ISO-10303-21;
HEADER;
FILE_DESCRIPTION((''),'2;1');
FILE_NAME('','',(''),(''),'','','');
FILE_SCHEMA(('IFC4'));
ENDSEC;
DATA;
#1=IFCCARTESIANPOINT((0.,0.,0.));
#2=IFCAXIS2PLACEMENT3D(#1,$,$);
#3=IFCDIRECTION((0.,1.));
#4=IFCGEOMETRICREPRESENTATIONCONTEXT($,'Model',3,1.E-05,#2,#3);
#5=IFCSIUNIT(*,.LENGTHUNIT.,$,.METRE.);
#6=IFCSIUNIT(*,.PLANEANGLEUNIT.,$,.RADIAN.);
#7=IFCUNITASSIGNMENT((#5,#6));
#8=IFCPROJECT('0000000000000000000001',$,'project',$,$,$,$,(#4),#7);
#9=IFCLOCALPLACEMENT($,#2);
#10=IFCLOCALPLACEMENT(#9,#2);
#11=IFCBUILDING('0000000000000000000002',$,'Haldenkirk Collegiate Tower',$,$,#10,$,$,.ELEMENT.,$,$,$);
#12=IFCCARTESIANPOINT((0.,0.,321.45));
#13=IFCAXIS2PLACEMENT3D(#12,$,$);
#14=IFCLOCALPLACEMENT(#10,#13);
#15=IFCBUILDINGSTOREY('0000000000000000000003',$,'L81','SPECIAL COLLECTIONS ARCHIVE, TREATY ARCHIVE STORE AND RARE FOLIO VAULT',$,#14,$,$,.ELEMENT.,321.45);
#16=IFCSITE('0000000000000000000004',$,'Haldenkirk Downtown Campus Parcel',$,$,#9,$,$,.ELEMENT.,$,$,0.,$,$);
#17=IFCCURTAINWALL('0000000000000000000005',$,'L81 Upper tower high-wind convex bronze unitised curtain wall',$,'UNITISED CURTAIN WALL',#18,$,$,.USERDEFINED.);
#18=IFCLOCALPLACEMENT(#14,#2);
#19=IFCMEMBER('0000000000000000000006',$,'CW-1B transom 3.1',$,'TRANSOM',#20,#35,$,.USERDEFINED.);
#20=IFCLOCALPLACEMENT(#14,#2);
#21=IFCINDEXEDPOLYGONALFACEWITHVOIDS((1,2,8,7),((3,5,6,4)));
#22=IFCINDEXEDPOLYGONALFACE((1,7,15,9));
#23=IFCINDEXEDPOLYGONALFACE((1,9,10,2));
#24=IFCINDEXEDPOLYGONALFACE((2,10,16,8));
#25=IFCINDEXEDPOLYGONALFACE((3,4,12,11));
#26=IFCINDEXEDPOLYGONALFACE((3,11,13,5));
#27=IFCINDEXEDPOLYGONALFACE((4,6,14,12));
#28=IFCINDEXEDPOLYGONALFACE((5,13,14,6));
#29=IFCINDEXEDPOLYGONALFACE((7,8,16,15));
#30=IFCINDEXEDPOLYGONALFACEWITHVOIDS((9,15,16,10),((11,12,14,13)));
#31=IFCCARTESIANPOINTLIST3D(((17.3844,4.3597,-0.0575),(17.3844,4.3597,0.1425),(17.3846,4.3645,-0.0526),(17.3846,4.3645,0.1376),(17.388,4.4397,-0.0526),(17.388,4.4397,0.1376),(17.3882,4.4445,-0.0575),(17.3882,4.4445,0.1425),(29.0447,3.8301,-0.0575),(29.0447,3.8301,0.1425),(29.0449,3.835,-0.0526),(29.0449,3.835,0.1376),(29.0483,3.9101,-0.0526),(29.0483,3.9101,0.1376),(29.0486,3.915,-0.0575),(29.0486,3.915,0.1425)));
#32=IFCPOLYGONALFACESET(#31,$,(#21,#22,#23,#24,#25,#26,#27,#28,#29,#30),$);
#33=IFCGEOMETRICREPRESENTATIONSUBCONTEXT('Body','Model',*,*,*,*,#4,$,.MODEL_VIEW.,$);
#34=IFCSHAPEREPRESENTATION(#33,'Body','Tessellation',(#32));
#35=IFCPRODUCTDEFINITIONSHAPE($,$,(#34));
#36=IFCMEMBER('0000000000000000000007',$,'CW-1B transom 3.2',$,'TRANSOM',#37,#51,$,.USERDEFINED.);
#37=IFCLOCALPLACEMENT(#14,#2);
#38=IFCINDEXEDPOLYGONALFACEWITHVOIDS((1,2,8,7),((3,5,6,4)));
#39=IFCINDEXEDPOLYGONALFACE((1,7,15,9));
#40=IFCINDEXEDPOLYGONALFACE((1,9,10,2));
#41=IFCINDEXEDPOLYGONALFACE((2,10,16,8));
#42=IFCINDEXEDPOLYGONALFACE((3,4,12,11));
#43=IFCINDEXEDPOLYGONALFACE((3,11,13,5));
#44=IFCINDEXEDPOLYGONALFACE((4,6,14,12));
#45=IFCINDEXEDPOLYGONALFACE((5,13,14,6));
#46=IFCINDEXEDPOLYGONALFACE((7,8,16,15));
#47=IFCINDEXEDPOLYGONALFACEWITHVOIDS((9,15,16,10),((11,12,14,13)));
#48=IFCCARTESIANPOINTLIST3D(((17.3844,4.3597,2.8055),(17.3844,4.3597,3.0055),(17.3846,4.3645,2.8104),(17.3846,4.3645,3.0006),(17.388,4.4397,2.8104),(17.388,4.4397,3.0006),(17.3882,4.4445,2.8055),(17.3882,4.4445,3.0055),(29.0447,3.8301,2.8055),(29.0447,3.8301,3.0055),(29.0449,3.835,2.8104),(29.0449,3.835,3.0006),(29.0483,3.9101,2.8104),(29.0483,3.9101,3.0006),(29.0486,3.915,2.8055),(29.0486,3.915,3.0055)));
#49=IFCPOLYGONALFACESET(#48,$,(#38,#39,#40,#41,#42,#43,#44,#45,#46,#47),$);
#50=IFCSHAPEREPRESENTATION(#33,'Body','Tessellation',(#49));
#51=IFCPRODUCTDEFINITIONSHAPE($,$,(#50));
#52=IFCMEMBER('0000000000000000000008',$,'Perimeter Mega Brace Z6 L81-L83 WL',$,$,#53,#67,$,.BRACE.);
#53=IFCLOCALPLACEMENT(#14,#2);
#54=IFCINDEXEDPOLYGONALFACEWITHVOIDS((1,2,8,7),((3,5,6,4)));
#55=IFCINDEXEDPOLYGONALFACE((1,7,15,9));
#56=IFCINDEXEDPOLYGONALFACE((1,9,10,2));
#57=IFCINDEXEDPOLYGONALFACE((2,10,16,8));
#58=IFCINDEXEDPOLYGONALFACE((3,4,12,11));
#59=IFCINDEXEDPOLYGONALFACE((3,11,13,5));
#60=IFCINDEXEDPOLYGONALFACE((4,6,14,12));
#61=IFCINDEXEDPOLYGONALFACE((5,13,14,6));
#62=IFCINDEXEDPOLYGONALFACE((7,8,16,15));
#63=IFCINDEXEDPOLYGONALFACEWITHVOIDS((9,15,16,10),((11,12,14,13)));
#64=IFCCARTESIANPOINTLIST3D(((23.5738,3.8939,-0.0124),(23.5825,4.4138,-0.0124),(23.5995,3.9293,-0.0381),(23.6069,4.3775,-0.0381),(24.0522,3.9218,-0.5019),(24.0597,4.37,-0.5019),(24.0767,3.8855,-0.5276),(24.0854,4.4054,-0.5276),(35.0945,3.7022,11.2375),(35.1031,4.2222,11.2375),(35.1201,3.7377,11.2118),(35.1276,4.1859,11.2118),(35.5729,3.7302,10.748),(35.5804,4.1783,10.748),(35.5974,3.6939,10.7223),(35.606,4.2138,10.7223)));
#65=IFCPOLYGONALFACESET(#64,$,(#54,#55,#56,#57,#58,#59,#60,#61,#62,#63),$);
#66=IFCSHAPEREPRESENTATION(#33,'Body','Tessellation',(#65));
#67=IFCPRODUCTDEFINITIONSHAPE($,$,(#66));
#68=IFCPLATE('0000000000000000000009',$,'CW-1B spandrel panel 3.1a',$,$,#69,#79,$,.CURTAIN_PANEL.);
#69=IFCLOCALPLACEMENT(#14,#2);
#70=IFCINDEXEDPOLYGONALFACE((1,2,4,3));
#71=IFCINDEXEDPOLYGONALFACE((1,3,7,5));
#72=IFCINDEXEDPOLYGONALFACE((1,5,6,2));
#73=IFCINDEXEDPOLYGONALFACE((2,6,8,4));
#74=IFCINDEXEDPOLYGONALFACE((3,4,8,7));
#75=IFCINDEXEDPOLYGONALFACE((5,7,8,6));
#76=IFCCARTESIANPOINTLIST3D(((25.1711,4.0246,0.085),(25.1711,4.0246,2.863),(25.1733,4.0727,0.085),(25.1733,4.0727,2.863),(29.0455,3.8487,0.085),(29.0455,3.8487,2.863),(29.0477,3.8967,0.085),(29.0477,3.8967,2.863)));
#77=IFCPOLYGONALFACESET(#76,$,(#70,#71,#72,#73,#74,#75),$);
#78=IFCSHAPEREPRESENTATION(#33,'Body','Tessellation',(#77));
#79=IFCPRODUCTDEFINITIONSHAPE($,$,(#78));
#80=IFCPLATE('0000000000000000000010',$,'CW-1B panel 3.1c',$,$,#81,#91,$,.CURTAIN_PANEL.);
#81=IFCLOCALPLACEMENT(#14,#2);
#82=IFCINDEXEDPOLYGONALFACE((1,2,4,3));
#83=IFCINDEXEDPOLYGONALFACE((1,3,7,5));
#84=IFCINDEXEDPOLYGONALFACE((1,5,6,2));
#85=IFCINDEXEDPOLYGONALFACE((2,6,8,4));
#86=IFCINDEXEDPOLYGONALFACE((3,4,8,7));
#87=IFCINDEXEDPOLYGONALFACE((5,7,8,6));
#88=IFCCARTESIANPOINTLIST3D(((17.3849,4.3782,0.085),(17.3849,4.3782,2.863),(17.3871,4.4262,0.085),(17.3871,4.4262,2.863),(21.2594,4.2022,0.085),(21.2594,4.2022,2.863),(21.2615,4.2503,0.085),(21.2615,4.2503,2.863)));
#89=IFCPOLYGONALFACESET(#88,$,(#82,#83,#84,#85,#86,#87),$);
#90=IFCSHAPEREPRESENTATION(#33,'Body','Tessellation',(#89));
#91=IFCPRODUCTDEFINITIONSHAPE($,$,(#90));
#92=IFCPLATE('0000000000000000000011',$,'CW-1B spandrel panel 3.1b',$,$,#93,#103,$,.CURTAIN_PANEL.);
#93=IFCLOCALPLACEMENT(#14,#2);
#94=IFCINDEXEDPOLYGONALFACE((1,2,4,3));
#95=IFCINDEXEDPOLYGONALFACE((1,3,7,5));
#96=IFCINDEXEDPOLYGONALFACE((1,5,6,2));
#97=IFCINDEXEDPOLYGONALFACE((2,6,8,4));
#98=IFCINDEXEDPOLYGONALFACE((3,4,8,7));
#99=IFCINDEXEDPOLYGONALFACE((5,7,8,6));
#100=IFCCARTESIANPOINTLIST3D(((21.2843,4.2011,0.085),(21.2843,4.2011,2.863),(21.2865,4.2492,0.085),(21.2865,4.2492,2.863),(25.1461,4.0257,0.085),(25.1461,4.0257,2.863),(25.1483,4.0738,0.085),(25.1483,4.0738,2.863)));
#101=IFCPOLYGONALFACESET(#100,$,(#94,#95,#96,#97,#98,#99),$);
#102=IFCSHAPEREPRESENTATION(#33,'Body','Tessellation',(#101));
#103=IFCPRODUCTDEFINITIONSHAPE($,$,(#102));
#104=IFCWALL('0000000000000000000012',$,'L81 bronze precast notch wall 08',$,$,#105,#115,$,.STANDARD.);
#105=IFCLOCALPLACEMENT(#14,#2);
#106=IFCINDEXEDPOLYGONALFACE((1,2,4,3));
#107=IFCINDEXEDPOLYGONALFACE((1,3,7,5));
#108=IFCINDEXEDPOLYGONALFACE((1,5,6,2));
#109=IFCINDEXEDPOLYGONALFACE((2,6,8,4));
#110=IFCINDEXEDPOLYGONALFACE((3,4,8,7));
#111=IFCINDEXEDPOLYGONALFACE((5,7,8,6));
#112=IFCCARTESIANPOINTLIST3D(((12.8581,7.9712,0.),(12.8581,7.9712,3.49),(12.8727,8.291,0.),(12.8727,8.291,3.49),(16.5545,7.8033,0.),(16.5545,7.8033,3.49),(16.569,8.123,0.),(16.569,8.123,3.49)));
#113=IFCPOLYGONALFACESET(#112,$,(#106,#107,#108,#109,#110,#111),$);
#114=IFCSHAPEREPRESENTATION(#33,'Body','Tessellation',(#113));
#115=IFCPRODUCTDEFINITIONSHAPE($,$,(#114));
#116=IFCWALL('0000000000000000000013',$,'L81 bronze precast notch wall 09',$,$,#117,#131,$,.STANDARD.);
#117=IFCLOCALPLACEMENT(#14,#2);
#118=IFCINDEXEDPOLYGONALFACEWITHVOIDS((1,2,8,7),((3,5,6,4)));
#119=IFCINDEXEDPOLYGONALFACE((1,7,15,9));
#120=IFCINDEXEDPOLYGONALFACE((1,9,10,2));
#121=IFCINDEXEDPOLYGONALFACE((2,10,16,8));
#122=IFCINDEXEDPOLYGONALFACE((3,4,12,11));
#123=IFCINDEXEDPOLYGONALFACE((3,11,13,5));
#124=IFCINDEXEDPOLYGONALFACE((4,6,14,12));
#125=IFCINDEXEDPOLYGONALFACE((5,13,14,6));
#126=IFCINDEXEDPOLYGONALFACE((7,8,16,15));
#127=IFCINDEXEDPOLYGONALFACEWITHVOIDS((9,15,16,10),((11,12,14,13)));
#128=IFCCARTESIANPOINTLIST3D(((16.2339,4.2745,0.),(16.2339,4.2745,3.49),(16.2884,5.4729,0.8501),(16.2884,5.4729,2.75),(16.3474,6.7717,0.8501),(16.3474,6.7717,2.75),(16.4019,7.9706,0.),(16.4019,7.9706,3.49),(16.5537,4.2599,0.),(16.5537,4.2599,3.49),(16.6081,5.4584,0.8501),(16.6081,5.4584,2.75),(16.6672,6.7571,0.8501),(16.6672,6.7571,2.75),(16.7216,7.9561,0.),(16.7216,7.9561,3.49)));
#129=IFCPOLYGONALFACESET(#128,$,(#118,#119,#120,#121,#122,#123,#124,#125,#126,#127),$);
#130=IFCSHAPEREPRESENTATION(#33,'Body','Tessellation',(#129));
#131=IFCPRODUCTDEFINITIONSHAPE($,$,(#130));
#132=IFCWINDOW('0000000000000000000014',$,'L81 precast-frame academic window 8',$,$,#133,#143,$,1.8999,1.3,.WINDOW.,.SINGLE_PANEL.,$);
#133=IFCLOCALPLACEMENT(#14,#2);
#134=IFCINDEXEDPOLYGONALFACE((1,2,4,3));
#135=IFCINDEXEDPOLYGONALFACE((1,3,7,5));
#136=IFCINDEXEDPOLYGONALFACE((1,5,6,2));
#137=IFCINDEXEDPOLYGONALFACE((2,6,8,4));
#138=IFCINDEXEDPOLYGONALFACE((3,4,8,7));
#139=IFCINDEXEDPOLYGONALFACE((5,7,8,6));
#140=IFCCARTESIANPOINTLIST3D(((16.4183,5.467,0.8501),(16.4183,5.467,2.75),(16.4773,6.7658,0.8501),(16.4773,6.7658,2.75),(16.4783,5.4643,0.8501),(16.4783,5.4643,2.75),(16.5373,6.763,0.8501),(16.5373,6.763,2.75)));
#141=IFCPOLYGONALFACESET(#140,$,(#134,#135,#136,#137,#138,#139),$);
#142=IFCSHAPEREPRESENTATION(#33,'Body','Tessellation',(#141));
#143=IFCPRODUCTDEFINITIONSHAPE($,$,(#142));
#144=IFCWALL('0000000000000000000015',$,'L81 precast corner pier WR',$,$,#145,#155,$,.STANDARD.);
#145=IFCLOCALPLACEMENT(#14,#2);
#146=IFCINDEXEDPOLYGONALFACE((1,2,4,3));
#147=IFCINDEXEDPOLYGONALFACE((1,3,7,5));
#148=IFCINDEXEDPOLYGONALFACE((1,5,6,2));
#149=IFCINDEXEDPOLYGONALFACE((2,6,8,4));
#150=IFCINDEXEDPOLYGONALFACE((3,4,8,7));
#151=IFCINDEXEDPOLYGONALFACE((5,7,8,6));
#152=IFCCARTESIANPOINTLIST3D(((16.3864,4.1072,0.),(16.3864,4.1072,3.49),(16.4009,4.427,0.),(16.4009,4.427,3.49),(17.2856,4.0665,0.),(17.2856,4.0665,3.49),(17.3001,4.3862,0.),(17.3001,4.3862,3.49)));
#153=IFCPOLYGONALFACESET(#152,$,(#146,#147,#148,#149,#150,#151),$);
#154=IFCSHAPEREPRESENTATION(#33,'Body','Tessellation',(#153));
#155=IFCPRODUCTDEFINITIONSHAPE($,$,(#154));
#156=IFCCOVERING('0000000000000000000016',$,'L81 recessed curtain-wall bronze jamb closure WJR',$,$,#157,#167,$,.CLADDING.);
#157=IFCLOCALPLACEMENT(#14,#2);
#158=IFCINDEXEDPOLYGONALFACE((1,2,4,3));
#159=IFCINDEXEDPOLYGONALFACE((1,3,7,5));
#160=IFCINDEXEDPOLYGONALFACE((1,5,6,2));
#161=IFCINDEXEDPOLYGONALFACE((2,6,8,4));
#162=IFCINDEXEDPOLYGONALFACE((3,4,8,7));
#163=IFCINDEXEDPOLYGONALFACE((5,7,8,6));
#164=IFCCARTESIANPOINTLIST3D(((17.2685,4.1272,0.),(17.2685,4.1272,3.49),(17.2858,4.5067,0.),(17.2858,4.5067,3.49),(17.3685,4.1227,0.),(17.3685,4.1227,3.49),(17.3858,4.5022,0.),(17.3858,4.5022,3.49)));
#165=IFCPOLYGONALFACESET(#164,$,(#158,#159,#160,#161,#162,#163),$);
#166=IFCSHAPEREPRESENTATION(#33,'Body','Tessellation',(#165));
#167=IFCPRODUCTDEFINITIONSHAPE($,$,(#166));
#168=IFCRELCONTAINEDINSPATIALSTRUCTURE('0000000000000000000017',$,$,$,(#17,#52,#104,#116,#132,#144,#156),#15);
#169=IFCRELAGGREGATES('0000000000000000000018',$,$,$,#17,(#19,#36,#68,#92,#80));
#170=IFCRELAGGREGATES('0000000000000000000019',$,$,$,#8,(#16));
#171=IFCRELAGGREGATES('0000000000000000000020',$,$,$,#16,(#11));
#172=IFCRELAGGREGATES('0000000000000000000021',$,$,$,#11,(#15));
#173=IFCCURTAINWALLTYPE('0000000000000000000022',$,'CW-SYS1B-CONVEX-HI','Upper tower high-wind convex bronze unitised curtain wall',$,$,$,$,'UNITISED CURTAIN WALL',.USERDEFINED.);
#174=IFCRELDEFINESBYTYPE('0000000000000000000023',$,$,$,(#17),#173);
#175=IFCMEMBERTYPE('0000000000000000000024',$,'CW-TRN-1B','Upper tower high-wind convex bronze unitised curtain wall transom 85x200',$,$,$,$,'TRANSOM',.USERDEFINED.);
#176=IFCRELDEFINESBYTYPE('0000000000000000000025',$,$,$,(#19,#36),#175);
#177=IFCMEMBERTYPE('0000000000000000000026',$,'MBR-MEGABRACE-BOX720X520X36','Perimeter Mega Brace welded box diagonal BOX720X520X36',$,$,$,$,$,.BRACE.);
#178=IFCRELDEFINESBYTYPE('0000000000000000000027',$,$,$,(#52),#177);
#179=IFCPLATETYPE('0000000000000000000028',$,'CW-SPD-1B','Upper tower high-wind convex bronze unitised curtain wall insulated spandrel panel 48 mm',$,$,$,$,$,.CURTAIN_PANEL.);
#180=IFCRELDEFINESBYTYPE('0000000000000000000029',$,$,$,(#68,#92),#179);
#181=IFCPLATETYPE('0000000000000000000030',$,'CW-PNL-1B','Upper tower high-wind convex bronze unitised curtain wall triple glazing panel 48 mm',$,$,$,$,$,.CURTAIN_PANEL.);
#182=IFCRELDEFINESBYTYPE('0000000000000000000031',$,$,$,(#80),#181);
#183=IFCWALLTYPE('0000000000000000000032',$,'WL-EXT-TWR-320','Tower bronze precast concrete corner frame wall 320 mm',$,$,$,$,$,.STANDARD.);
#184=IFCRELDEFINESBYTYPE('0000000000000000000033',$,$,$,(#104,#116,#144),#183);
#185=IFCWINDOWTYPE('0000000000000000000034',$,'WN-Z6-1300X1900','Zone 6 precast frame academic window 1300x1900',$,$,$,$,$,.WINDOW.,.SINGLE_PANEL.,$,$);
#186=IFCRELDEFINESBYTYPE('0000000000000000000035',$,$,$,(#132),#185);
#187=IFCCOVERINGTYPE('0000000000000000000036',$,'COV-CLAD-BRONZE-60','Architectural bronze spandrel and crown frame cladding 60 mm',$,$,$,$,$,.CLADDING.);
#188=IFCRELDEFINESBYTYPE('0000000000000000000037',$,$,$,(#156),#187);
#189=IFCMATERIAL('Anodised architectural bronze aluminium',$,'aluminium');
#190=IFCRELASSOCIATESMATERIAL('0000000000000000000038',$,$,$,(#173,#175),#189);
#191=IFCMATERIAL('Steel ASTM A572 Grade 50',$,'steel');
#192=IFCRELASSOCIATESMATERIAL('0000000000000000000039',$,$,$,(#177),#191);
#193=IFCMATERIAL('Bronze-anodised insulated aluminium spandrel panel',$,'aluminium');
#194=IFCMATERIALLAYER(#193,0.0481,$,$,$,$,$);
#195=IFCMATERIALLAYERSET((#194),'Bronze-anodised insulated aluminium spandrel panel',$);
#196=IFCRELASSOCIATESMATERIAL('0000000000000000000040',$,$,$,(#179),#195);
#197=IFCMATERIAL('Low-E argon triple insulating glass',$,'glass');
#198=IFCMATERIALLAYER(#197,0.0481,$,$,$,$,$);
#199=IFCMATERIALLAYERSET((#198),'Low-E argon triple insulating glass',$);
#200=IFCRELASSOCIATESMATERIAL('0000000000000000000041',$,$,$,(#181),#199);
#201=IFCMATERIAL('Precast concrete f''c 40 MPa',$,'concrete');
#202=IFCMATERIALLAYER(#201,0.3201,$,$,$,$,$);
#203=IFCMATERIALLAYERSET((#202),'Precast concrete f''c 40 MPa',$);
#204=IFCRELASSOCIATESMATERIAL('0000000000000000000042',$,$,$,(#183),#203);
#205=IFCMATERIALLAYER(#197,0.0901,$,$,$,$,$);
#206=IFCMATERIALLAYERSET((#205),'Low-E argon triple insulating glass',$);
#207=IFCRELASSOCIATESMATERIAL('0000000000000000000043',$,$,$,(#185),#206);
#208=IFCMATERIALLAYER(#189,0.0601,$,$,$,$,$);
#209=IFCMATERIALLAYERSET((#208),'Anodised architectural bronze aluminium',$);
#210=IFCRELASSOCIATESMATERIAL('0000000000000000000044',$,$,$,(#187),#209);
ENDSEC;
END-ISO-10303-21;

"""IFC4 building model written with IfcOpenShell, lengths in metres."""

from ifc_helpers import new_model, si_unit, direction, frame, frame_2d, origin, origin_2d, place, context, subcontext, project, spatial, rectangle, hollow_rectangle, extrude, source, transform, mapped, material, layer, layer_set, material_profile, profile_set, type_object, element, fill, aggregate, save


model = new_model("IFC4")

# Units and contexts
model_context = context("Model", 3, precision=1e-05, world=origin(), true_north=direction((0.0, 1.0)))
body_context = subcontext(model_context, "Body", "Model", "MODEL_VIEW")
ifc_project = project(units=[si_unit("LENGTHUNIT", "METRE"), si_unit("PLANEANGLEUNIT", "RADIAN")], contexts=[model_context])

# Site, building, storey
site_placement = place(None, origin())
site = spatial("IfcSite", under=ifc_project, at=site_placement, Name="Haldenkirk Downtown Campus Parcel", CompositionType="ELEMENT", RefElevation=0.0)
building_placement = place(site_placement, origin())
building = spatial("IfcBuilding", under=site, at=building_placement, Name="Haldenkirk Collegiate Tower", CompositionType="ELEMENT")
storey_placement = place(building_placement, frame((0.0, 0.0, 321.45)))
storey = spatial("IfcBuildingStorey", under=building, at=storey_placement, Name="L81", Description="SPECIAL COLLECTIONS ARCHIVE, TREATY ARCHIVE STORE AND RARE FOLIO VAULT", CompositionType="ELEMENT", Elevation=321.45)

# Shared definitions
ifc_material_1 = material(Name="Steel ASTM A572 Grade 50", Category="steel")

# Curtain wall, members
ifc_material_2 = material(Name="Anodised architectural bronze aluminium", Category="aluminium")
curtain_wall_type = type_object("IfcCurtainWallType", Name="CW-SYS1B-CONVEX-HI", Description="Upper tower high-wind convex bronze unitised curtain wall", ElementType="UNITISED CURTAIN WALL", PredefinedType="USERDEFINED", material=ifc_material_2)
curtain_wall_placement = place(storey_placement, origin())
curtain_wall = element("IfcCurtainWall", 1, at=curtain_wall_placement, inside=storey, type_object=curtain_wall_type, Name="L81 Upper tower high-wind convex bronze unitised curtain wall", ObjectType="UNITISED CURTAIN WALL", PredefinedType="USERDEFINED")
ifc_material_profile_1 = material_profile(ifc_material_2, hollow_rectangle(XDim=0.085, YDim=0.2, WallThickness=0.0049, at=origin_2d()), Name="CW-TRN-1B")
ifc_profile_set_1 = profile_set([ifc_material_profile_1], Name="Anodised architectural bronze aluminium")
member_type_1 = type_object("IfcMemberType", Name="CW-TRN-1B", Description="Upper tower high-wind convex bronze unitised curtain wall transom 85x200", ElementType="TRANSOM", PredefinedType="USERDEFINED", material=ifc_profile_set_1)
member_1_placement = place(storey_placement, frame((29.0466, 3.8726, 0.0425), z_axis=(-0.99897, 0.045367, 0.0), x_axis=(-0.045367, -0.99897, 0.0)))
member_1 = element("IfcMember", 2, at=member_1_placement, type_object=member_type_1, Name="CW-1B transom 3.1", ObjectType="TRANSOM", PredefinedType="USERDEFINED", context=body_context, shape_type="SweptSolid", body=[
    extrude(hollow_rectangle(XDim=0.085, YDim=0.2, WallThickness=0.0049, at=origin_2d()), origin(), (0.0, 0.0, 1.0), 11.6724),
])
member_2_placement = place(storey_placement, frame((29.0466, 3.8726, 2.9055), z_axis=(-0.99897, 0.045367, 0.0), x_axis=(-0.045367, -0.99897, 0.0)))
member_2 = element("IfcMember", 3, at=member_2_placement, type_object=member_type_1, Name="CW-1B transom 3.2", ObjectType="TRANSOM", PredefinedType="USERDEFINED", context=body_context, shape_type="SweptSolid", body=[
    extrude(hollow_rectangle(XDim=0.085, YDim=0.2, WallThickness=0.0049, at=origin_2d()), origin(), (0.0, 0.0, 1.0), 11.6724),
])

# Member
ifc_material_profile_2 = material_profile(ifc_material_1, hollow_rectangle(XDim=0.52, YDim=0.72, WallThickness=0.0359, at=origin_2d()), Name="BOX720X520X36")
ifc_profile_set_2 = profile_set([ifc_material_profile_2], Name="Steel ASTM A572 Grade 50")
member_type_2 = type_object("IfcMemberType", Name="MBR-MEGABRACE-BOX720X520X36", Description="Perimeter Mega Brace welded box diagonal BOX720X520X36", PredefinedType="BRACE", material=ifc_profile_set_2)
member_3_placement = place(storey_placement, frame((23.8296, 4.1497, -0.27), z_axis=(0.715413, -0.011901, 0.6986), x_axis=(0.016633, 0.999862, 0.0)))
element("IfcMember", 4, at=member_3_placement, inside=storey, type_object=member_type_2, Name="Perimeter Mega Brace Z6 L81-L83 WL", PredefinedType="BRACE", context=body_context, shape_type="SweptSolid", body=[
    extrude(hollow_rectangle(XDim=0.52, YDim=0.72, WallThickness=0.0359, at=origin_2d()), origin(), (0.0, 0.0, 1.0), 16.1035),
])

# Plates
ifc_material_3 = material(Name="Bronze-anodised insulated aluminium spandrel panel", Category="aluminium")
ifc_layer_1 = layer(ifc_material_3, 0.0481)
ifc_layer_set_1 = layer_set([ifc_layer_1], Name="Bronze-anodised insulated aluminium spandrel panel")
plate_type_1 = type_object("IfcPlateType", Name="CW-SPD-1B", Description="Upper tower high-wind convex bronze unitised curtain wall insulated spandrel panel 48 mm", PredefinedType="CURTAIN_PANEL", material=ifc_layer_set_1)
shared_shape_1 = source(origin(), body_context, "Body", "SweptSolid", [
    extrude(rectangle(XDim=3.8784, YDim=0.0481, at=origin_2d()), origin(), (0.0, 0.0, 1.0), 2.7781),
])
plate_1_placement = place(storey_placement, frame((27.1094, 3.9607, 0.085), z_axis=(0.0, 0.0, 1.0), x_axis=(-0.998971, 0.045364, 0.0)))
plate_1 = element("IfcPlate", 5, at=plate_1_placement, type_object=plate_type_1, Name="CW-1B spandrel panel 3.1a", PredefinedType="CURTAIN_PANEL", context=body_context, shape_type="MappedRepresentation", body=[
    mapped(shared_shape_1, transform((0.0, 0.0, 0.0), x_axis=(1.0, 0.0, 0.0), y_axis=(0.0, 1.0, 0.0), z_axis=(0.0, 0.0, 1.0), scale=1.0)),
])
ifc_material_4 = material(Name="Low-E argon triple insulating glass", Category="glass")
ifc_layer_2 = layer(ifc_material_4, 0.0481)
ifc_layer_set_2 = layer_set([ifc_layer_2], Name="Low-E argon triple insulating glass")
plate_type_2 = type_object("IfcPlateType", Name="CW-PNL-1B", Description="Upper tower high-wind convex bronze unitised curtain wall triple glazing panel 48 mm", PredefinedType="CURTAIN_PANEL", material=ifc_layer_set_2)
plate_2_placement = place(storey_placement, frame((19.3232, 4.3142, 0.085), z_axis=(0.0, 0.0, 1.0), x_axis=(-0.998971, 0.045364, 0.0)))
plate_2 = element("IfcPlate", 6, at=plate_2_placement, type_object=plate_type_2, Name="CW-1B panel 3.1c", PredefinedType="CURTAIN_PANEL", context=body_context, shape_type="MappedRepresentation", body=[
    mapped(shared_shape_1, transform((0.0, 0.0, 0.0), x_axis=(1.0, 0.0, 0.0), y_axis=(0.0, 1.0, 0.0), z_axis=(0.0, 0.0, 1.0), scale=1.0)),
])
shared_shape_2 = source(origin(), body_context, "Body", "SweptSolid", [
    extrude(rectangle(XDim=3.8657, YDim=0.0481, at=origin_2d()), origin(), (0.0, 0.0, 1.0), 2.7781),
])
plate_3_placement = place(storey_placement, frame((23.2163, 4.1375, 0.085), z_axis=(0.0, 0.0, 1.0), x_axis=(-0.998971, 0.045364, 0.0)))
plate_3 = element("IfcPlate", 7, at=plate_3_placement, type_object=plate_type_1, Name="CW-1B spandrel panel 3.1b", PredefinedType="CURTAIN_PANEL", context=body_context, shape_type="MappedRepresentation", body=[
    mapped(shared_shape_2, transform((0.0, 0.0, 0.0), x_axis=(1.0, 0.0, 0.0), y_axis=(0.0, 1.0, 0.0), z_axis=(0.0, 0.0, 1.0), scale=1.0)),
])
aggregate(curtain_wall, [member_1, member_2, plate_1, plate_3, plate_2])

# Wall
ifc_material_5 = material(Name="Precast concrete f'c 40 MPa", Category="concrete")
ifc_layer_3 = layer(ifc_material_5, 0.3201)
ifc_layer_set_3 = layer_set([ifc_layer_3], Name="Precast concrete f'c 40 MPa")
wall_type = type_object("IfcWallType", Name="WL-EXT-TWR-320", Description="Tower bronze precast concrete corner frame wall 320 mm", PredefinedType="STANDARD", material=ifc_layer_set_3)
wall_1_placement = place(storey_placement, frame((16.5618, 7.9631, 0.0), z_axis=(0.0, 0.0, 1.0), x_axis=(-0.998969, 0.045396, 0.0)))
element("IfcWall", 8, at=wall_1_placement, inside=storey, type_object=wall_type, Name="L81 bronze precast notch wall 08", PredefinedType="STANDARD", context=body_context, shape_type="SweptSolid", body=[
    extrude(rectangle(XDim=3.7002, YDim=0.3201, at=frame_2d((1.8501, 0.0))), origin(), (0.0, 0.0, 1.0), 3.49),
])

# Wall, opening, window
wall_2_placement = place(storey_placement, frame((16.3938, 4.2671, 0.0), z_axis=(0.0, 0.0, 1.0), x_axis=(0.045399, 0.998969, 0.0)))
wall_2 = element("IfcWall", 9, at=wall_2_placement, inside=storey, type_object=wall_type, Name="L81 bronze precast notch wall 09", PredefinedType="STANDARD", context=body_context, shape_type="SweptSolid", body=[
    extrude(rectangle(XDim=3.7, YDim=0.3201, at=frame_2d((1.8501, 0.0))), origin(), (0.0, 0.0, 1.0), 3.49),
])
opening_placement = place(wall_2_placement, frame((1.2, 0.0, 0.8501)))
opening = element("IfcOpeningElement", 10, at=opening_placement, cuts=wall_2, PredefinedType="OPENING", context=body_context, shape_type="SweptSolid", body=[
    extrude(rectangle(XDim=1.3, YDim=1.8999, at=frame_2d((0.6499, 0.95))), frame((0.0, 0.1699, 0.0), z_axis=(0.0, -1.0, 0.0), x_axis=(1.0, 0.0, 0.0)), (0.0, 0.0, 1.0), 0.3401),
])
ifc_layer_4 = layer(ifc_material_4, 0.0901)
ifc_layer_set_4 = layer_set([ifc_layer_4], Name="Low-E argon triple insulating glass")
window_type = type_object("IfcWindowType", Name="WN-Z6-1300X1900", Description="Zone 6 precast frame academic window 1300x1900", PartitioningType="SINGLE_PANEL", PredefinedType="WINDOW", material=ifc_layer_set_4)
window_placement = place(opening_placement, origin())
window = element("IfcWindow", 11, at=window_placement, inside=storey, type_object=window_type, Name="L81 precast-frame academic window 8", OverallHeight=1.8999, OverallWidth=1.3, PartitioningType="SINGLE_PANEL", PredefinedType="WINDOW", context=body_context, shape_type="SweptSolid", body=[
    extrude(rectangle(XDim=1.3, YDim=1.8999, at=frame_2d((0.6499, 0.95))), frame((0.0, 0.03, 0.0), z_axis=(0.0, -1.0, 0.0), x_axis=(1.0, 0.0, 0.0)), (0.0, 0.0, 1.0), 0.0601),
])
fill(opening, window)

# Wall
wall_3_placement = place(storey_placement, frame((17.293, 4.2263, 0.0), z_axis=(0.0, 0.0, 1.0), x_axis=(-0.998974, 0.045297, 0.0)))
element("IfcWall", 12, at=wall_3_placement, inside=storey, type_object=wall_type, Name="L81 precast corner pier WR", PredefinedType="STANDARD", context=body_context, shape_type="SweptSolid", body=[
    extrude(rectangle(XDim=0.9001, YDim=0.3201, at=frame_2d((0.4502, 0.0))), origin(), (0.0, 0.0, 1.0), 3.49),
])

# Covering
ifc_layer_5 = layer(ifc_material_2, 0.0601)
ifc_layer_set_5 = layer_set([ifc_layer_5], Name="Anodised architectural bronze aluminium")
covering_type = type_object("IfcCoveringType", Name="COV-CLAD-BRONZE-60", Description="Architectural bronze spandrel and crown frame cladding 60 mm", PredefinedType="CLADDING", material=ifc_layer_set_5)
shared_shape_3 = source(origin(), body_context, "Body", "SweptSolid", [
    extrude(rectangle(XDim=0.1001, YDim=0.3799, at=origin_2d()), origin(), (0.0, 0.0, 1.0), 3.49),
])
covering_placement = place(storey_placement, frame((17.3271, 4.3147, 0.0), z_axis=(0.0, 0.0, 1.0), x_axis=(-0.998971, 0.045363, 0.0)))
element("IfcCovering", 13, at=covering_placement, inside=storey, type_object=covering_type, Name="L81 recessed curtain-wall bronze jamb closure WJR", PredefinedType="CLADDING", context=body_context, shape_type="MappedRepresentation", body=[
    mapped(shared_shape_3, transform((0.0, 0.0, 0.0), x_axis=(1.0, 0.0, 0.0), y_axis=(0.0, 1.0, 0.0), z_axis=(0.0, 0.0, 1.0), scale=1.0)),
])

save(model, "model.ifc")
